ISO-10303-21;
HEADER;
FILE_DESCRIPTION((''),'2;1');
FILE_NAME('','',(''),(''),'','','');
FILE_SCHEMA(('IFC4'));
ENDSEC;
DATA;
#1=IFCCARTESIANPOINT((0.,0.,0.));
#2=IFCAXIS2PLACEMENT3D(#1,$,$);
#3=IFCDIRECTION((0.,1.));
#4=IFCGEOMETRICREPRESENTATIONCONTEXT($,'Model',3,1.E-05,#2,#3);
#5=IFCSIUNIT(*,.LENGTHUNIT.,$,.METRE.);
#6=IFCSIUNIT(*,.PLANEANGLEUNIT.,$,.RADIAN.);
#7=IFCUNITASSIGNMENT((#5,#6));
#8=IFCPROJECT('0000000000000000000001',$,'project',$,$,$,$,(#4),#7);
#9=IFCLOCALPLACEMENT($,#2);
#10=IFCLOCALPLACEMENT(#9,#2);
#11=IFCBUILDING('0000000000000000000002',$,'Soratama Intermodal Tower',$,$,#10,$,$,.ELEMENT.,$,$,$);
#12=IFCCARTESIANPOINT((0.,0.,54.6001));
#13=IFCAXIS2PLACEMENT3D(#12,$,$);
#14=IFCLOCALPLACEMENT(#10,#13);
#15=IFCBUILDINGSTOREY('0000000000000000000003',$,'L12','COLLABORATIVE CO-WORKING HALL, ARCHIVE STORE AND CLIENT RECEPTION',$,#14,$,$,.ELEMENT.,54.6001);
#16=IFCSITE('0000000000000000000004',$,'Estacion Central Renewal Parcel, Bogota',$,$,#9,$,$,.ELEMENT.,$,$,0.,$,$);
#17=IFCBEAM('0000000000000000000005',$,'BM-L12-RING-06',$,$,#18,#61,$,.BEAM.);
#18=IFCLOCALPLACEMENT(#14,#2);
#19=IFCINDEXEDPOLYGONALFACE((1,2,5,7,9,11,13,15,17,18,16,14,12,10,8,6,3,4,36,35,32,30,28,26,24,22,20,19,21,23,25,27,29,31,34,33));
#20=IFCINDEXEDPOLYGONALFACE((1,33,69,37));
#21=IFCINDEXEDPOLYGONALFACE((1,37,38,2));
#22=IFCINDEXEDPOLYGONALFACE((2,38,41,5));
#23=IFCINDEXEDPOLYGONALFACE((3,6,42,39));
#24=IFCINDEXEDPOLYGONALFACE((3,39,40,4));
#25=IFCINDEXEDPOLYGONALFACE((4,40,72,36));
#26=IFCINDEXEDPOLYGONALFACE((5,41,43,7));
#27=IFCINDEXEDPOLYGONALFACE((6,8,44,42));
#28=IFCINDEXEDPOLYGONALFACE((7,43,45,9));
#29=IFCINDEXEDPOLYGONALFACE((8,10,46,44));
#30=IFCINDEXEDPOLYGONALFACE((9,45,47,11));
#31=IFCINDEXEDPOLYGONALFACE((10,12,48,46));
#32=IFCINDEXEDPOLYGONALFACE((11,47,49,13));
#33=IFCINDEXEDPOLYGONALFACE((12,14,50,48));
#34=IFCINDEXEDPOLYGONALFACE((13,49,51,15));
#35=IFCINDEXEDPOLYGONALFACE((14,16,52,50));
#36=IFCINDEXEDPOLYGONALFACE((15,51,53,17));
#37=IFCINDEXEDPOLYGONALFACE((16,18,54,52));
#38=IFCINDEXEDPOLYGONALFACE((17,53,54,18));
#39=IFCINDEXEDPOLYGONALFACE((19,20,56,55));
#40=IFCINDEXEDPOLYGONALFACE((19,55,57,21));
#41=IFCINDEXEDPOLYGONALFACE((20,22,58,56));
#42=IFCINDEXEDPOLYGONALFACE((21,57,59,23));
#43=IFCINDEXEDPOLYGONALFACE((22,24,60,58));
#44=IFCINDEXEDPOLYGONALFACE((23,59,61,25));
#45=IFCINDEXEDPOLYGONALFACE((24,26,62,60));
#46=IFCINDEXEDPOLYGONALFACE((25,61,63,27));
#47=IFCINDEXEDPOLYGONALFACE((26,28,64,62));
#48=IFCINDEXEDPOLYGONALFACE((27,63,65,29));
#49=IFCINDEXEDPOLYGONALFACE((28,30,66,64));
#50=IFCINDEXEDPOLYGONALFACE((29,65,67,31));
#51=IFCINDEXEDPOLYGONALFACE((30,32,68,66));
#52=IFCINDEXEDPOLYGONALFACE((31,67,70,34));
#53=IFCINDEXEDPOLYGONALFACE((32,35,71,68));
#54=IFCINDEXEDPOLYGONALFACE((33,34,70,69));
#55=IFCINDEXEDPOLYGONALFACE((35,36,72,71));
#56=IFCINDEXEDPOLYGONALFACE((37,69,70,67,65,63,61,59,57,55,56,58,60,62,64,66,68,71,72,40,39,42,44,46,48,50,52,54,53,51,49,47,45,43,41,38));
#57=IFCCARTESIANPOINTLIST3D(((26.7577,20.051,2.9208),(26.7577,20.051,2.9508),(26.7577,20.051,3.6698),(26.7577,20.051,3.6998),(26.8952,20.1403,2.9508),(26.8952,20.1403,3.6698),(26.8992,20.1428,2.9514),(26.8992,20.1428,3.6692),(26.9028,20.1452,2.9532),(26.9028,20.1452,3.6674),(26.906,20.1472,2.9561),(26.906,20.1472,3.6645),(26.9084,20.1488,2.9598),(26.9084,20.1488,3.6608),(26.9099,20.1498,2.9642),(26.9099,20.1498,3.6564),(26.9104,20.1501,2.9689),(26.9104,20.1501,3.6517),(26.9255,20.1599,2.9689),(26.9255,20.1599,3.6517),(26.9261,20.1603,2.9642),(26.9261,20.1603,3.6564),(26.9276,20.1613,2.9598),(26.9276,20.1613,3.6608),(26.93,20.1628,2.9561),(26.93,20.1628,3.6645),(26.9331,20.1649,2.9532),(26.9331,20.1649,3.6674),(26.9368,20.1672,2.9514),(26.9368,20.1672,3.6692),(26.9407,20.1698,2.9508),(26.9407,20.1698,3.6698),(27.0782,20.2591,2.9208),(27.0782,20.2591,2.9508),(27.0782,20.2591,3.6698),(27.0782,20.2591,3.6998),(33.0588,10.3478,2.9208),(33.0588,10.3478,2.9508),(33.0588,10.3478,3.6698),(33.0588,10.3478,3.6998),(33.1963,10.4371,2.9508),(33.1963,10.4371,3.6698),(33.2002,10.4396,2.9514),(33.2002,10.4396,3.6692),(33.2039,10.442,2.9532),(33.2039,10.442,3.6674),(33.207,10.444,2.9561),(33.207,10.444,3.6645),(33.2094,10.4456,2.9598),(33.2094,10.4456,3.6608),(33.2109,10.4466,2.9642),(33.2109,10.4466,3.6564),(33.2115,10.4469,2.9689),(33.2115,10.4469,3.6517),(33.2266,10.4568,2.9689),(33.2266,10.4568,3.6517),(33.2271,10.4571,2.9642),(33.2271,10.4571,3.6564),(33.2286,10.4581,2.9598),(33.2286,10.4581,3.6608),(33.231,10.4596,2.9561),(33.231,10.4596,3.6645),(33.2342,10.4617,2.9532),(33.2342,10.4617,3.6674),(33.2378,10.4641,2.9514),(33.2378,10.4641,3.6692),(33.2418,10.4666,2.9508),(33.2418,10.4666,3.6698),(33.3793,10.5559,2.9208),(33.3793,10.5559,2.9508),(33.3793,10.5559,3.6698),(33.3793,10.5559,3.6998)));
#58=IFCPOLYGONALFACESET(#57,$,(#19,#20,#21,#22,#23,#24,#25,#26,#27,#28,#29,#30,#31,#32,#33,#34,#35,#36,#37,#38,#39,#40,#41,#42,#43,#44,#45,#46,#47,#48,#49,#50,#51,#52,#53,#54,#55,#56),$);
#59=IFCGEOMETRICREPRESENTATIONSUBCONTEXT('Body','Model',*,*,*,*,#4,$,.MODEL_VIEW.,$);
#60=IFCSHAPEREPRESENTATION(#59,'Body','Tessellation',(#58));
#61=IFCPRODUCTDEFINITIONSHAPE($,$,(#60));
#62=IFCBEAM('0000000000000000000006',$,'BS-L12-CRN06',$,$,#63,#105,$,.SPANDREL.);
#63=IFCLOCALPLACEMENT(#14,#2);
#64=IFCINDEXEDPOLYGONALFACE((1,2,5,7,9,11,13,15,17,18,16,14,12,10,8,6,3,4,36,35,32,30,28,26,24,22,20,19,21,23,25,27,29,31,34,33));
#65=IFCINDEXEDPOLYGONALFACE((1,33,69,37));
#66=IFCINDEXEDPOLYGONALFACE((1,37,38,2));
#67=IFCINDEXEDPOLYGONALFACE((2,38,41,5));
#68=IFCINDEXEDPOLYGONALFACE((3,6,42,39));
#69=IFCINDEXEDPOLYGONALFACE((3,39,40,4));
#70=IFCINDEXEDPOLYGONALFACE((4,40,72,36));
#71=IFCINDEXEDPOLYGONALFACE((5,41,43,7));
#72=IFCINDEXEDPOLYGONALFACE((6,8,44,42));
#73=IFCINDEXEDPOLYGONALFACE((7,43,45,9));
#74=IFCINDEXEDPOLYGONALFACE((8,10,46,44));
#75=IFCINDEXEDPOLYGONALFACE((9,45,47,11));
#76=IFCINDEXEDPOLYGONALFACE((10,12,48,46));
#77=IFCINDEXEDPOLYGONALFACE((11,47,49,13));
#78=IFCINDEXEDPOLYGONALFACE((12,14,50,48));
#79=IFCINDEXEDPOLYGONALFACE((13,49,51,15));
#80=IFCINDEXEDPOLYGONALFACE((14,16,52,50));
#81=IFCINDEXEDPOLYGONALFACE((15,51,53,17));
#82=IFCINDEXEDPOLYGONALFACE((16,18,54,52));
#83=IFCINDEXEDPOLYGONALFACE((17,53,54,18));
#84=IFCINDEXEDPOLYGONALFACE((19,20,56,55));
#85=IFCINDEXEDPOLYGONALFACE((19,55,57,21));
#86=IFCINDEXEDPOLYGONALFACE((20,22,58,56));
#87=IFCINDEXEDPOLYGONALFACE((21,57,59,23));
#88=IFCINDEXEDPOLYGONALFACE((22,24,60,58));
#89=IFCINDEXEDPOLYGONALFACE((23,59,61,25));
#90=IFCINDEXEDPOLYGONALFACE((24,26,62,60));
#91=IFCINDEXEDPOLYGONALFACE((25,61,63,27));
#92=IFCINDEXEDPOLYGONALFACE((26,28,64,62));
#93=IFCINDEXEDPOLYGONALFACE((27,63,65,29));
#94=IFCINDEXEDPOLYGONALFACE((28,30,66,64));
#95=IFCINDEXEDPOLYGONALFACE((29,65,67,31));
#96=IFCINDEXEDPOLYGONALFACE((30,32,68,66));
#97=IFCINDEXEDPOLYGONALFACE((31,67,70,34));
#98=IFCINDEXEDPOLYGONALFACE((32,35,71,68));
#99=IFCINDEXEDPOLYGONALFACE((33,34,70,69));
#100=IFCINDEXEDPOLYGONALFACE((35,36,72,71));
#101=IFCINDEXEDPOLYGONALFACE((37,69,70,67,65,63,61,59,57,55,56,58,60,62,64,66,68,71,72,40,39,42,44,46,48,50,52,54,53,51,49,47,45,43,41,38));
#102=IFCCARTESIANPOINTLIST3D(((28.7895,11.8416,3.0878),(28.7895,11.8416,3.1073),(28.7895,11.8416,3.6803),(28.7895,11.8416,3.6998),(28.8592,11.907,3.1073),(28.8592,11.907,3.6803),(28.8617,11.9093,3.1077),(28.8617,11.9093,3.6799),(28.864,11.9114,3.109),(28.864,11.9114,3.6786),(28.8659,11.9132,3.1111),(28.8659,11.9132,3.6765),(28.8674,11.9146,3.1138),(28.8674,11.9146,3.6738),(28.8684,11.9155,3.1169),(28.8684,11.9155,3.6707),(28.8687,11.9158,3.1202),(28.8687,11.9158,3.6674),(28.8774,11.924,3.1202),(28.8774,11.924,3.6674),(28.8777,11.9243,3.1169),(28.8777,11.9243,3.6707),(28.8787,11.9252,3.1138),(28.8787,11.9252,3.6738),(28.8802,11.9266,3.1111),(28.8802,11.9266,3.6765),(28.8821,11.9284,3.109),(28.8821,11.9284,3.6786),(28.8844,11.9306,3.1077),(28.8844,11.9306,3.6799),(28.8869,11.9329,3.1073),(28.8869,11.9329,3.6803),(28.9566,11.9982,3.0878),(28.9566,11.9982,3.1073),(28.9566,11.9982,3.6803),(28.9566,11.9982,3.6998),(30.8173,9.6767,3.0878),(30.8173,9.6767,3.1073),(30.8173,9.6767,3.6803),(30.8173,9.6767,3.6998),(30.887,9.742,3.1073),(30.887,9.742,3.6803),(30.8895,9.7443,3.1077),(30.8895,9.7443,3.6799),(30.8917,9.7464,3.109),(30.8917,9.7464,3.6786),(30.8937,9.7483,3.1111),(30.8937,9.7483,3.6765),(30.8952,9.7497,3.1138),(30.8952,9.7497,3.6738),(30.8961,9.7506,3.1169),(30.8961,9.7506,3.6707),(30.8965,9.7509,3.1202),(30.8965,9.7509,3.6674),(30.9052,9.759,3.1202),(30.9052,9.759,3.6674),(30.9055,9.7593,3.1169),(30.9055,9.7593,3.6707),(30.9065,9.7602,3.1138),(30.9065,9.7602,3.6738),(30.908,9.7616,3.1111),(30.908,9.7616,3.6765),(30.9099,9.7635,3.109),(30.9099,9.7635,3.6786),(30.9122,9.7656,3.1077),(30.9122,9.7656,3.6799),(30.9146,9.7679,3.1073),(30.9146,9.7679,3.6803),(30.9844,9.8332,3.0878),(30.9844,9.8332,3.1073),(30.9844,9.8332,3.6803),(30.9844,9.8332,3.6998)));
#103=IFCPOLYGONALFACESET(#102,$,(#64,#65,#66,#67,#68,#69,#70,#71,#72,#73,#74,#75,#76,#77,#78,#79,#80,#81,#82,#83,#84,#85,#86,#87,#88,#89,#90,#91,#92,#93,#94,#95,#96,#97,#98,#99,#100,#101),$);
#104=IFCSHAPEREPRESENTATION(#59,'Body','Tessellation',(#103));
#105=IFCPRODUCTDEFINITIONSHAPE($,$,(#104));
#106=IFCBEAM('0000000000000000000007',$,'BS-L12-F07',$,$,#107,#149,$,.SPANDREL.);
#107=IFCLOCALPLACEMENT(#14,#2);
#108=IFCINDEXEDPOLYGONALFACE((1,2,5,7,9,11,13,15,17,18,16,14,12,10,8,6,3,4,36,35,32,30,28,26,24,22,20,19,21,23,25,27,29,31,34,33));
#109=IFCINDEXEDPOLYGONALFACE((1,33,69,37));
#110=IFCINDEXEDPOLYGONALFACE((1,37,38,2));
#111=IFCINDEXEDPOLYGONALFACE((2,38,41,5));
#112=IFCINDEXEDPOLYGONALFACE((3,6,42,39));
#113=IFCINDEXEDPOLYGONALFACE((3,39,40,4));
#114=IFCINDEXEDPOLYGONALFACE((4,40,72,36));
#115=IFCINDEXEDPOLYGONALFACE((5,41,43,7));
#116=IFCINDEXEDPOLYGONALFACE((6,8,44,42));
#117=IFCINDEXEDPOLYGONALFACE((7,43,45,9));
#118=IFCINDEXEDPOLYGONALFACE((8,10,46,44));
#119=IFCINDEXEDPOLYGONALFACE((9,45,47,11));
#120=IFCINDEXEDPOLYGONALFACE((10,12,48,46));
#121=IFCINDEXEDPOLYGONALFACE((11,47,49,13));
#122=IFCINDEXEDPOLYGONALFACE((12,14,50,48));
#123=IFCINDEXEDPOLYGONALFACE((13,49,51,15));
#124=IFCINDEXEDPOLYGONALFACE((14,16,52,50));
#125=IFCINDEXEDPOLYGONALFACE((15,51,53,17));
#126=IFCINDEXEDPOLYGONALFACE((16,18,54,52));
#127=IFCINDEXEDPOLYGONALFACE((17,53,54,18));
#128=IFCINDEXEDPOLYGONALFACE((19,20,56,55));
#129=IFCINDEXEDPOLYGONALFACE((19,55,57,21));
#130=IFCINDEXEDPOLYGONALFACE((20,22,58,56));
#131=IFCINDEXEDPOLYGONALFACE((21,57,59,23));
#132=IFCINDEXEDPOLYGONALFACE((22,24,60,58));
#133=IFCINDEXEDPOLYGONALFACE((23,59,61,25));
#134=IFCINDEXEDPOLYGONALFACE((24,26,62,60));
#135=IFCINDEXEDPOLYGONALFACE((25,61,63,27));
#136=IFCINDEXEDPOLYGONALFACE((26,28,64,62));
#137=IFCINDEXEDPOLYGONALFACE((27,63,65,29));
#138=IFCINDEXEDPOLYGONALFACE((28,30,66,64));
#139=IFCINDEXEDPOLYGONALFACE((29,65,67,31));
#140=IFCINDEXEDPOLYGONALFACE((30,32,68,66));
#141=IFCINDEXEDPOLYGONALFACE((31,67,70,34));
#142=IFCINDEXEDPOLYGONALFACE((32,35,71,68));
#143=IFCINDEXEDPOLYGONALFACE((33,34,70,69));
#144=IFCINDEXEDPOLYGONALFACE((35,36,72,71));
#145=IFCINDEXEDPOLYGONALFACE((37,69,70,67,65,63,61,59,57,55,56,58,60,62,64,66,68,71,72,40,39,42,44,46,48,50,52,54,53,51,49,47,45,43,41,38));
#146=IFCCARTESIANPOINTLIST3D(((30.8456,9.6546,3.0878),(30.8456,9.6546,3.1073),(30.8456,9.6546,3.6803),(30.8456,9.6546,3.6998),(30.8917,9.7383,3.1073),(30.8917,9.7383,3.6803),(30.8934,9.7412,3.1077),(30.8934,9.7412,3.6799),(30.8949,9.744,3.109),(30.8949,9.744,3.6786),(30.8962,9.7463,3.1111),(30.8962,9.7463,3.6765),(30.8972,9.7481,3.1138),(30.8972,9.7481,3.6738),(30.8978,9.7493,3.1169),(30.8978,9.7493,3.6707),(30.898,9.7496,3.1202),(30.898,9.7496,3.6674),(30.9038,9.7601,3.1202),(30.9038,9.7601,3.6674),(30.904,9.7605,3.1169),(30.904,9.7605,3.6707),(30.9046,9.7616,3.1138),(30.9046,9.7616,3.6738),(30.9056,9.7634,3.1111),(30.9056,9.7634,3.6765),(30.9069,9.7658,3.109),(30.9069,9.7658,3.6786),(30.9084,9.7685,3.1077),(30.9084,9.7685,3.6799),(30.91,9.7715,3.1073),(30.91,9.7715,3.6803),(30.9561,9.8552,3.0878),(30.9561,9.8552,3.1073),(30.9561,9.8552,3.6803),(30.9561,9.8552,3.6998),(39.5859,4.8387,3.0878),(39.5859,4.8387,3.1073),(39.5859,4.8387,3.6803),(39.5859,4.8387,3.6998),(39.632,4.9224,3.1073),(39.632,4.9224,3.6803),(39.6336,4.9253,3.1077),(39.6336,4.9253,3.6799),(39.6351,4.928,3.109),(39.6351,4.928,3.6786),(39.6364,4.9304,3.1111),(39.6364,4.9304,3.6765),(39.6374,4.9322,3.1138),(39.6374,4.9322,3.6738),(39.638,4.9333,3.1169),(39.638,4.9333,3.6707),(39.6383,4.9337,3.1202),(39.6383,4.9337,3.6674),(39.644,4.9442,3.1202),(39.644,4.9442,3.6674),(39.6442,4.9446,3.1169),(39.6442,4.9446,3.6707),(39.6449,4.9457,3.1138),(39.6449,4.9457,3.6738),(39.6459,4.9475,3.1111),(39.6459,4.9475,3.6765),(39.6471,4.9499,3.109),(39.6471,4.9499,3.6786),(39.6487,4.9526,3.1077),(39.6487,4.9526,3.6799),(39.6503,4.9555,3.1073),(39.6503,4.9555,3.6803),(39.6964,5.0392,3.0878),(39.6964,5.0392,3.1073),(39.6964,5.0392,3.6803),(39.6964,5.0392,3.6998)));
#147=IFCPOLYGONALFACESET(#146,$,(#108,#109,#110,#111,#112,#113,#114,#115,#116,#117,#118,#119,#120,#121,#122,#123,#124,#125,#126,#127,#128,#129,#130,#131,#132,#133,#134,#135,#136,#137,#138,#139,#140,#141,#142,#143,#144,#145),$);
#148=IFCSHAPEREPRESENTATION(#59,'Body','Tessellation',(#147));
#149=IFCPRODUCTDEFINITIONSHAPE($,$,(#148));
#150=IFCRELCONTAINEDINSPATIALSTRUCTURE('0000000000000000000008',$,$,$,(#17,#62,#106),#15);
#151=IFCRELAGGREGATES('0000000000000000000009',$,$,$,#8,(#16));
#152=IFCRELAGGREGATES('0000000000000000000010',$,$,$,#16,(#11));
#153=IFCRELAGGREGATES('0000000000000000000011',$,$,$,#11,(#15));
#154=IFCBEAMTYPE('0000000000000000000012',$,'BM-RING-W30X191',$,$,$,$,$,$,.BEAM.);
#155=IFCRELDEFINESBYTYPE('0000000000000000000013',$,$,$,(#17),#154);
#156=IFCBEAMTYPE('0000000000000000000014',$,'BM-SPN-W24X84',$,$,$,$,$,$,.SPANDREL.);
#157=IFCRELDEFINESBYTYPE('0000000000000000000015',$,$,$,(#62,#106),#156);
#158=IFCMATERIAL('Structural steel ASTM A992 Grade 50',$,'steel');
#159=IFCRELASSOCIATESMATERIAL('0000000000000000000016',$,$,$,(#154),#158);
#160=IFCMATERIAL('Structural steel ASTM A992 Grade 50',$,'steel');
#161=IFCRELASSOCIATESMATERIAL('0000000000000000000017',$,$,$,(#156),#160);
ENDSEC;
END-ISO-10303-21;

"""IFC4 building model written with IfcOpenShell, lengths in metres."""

from ifc_helpers import new_model, si_unit, direction, frame, origin, origin_2d, place, context, subcontext, project, spatial, i_section, extrude, material, material_profile, profile_set, type_object, element, save


model = new_model("IFC4")

# Units and contexts
model_context = context("Model", 3, precision=1e-05, world=origin(), true_north=direction((0.0, 1.0)))
body_context = subcontext(model_context, "Body", "Model", "MODEL_VIEW")
ifc_project = project(units=[si_unit("LENGTHUNIT", "METRE"), si_unit("PLANEANGLEUNIT", "RADIAN")], contexts=[model_context])

# Site, building, storey
site_placement = place(None, origin())
site = spatial("IfcSite", under=ifc_project, at=site_placement, Name="Estacion Central Renewal Parcel, Bogota", CompositionType="ELEMENT", RefElevation=0.0)
building_placement = place(site_placement, origin())
building = spatial("IfcBuilding", under=site, at=building_placement, Name="Soratama Intermodal Tower", CompositionType="ELEMENT")
storey_placement = place(building_placement, frame((0.0, 0.0, 54.6001)))
storey = spatial("IfcBuildingStorey", under=building, at=storey_placement, Name="L12", Description="COLLABORATIVE CO-WORKING HALL, ARCHIVE STORE AND CLIENT RECEPTION", CompositionType="ELEMENT", Elevation=54.6001)

# Beams
ifc_material_1 = material(Name="Structural steel ASTM A992 Grade 50", Category="steel")
ifc_material_profile_1 = material_profile(ifc_material_1, i_section(OverallWidth=0.3821, OverallDepth=0.7791, WebThickness=0.0181, FlangeThickness=0.03, FilletRadius=0.0181, at=origin_2d()), Name="W30X191")
ifc_profile_set_1 = profile_set([ifc_material_profile_1], Name="Structural steel ASTM A992 Grade 50")
beam_type_1 = type_object("IfcBeamType", Name="BM-RING-W30X191", PredefinedType="BEAM", material=ifc_profile_set_1)
beam_1_placement = place(storey_placement, frame((26.918, 20.155, 3.3103), z_axis=(0.544623, -0.838681, 0.0), x_axis=(0.838681, 0.544623, 0.0)))
element("IfcBeam", 1, at=beam_1_placement, inside=storey, type_object=beam_type_1, Name="BM-L12-RING-06", PredefinedType="BEAM", context=body_context, shape_type="SweptSolid", body=[
    extrude(i_section(OverallWidth=0.3821, OverallDepth=0.7791, WebThickness=0.0181, FlangeThickness=0.03, FilletRadius=0.0181, at=origin_2d()), origin(), (0.0, 0.0, 1.0), 11.5696),
])
ifc_material_2 = material(Name="Structural steel ASTM A992 Grade 50", Category="steel")
ifc_material_profile_2 = material_profile(ifc_material_2, i_section(OverallWidth=0.229, OverallDepth=0.6121, WebThickness=0.012, FlangeThickness=0.0195, FilletRadius=0.0129, at=origin_2d()), Name="W24X84")
ifc_profile_set_2 = profile_set([ifc_material_profile_2], Name="Structural steel ASTM A992 Grade 50")
beam_type_2 = type_object("IfcBeamType", Name="BM-SPN-W24X84", PredefinedType="SPANDREL", material=ifc_profile_set_2)
beam_2_placement = place(storey_placement, frame((28.873, 11.9199, 3.3938), z_axis=(0.683602, -0.729855, 0.0), x_axis=(0.729855, 0.683602, 0.0)))
element("IfcBeam", 2, at=beam_2_placement, inside=storey, type_object=beam_type_2, Name="BS-L12-CRN06", PredefinedType="SPANDREL", context=body_context, shape_type="SweptSolid", body=[
    extrude(i_section(OverallWidth=0.229, OverallDepth=0.6121, WebThickness=0.012, FlangeThickness=0.0195, FilletRadius=0.0129, at=origin_2d()), origin(), (0.0, 0.0, 1.0), 2.9663),
])
beam_3_placement = place(storey_placement, frame((30.9009, 9.7549, 3.3938), z_axis=(0.875844, -0.482595, 0.0), x_axis=(0.482595, 0.875844, 0.0)))
element("IfcBeam", 3, at=beam_3_placement, inside=storey, type_object=beam_type_2, Name="BS-L12-F07", PredefinedType="SPANDREL", context=body_context, shape_type="SweptSolid", body=[
    extrude(i_section(OverallWidth=0.229, OverallDepth=0.6121, WebThickness=0.012, FlangeThickness=0.0195, FilletRadius=0.0129, at=origin_2d()), origin(), (0.0, 0.0, 1.0), 9.9792),
])

save(model, "model.ifc")
